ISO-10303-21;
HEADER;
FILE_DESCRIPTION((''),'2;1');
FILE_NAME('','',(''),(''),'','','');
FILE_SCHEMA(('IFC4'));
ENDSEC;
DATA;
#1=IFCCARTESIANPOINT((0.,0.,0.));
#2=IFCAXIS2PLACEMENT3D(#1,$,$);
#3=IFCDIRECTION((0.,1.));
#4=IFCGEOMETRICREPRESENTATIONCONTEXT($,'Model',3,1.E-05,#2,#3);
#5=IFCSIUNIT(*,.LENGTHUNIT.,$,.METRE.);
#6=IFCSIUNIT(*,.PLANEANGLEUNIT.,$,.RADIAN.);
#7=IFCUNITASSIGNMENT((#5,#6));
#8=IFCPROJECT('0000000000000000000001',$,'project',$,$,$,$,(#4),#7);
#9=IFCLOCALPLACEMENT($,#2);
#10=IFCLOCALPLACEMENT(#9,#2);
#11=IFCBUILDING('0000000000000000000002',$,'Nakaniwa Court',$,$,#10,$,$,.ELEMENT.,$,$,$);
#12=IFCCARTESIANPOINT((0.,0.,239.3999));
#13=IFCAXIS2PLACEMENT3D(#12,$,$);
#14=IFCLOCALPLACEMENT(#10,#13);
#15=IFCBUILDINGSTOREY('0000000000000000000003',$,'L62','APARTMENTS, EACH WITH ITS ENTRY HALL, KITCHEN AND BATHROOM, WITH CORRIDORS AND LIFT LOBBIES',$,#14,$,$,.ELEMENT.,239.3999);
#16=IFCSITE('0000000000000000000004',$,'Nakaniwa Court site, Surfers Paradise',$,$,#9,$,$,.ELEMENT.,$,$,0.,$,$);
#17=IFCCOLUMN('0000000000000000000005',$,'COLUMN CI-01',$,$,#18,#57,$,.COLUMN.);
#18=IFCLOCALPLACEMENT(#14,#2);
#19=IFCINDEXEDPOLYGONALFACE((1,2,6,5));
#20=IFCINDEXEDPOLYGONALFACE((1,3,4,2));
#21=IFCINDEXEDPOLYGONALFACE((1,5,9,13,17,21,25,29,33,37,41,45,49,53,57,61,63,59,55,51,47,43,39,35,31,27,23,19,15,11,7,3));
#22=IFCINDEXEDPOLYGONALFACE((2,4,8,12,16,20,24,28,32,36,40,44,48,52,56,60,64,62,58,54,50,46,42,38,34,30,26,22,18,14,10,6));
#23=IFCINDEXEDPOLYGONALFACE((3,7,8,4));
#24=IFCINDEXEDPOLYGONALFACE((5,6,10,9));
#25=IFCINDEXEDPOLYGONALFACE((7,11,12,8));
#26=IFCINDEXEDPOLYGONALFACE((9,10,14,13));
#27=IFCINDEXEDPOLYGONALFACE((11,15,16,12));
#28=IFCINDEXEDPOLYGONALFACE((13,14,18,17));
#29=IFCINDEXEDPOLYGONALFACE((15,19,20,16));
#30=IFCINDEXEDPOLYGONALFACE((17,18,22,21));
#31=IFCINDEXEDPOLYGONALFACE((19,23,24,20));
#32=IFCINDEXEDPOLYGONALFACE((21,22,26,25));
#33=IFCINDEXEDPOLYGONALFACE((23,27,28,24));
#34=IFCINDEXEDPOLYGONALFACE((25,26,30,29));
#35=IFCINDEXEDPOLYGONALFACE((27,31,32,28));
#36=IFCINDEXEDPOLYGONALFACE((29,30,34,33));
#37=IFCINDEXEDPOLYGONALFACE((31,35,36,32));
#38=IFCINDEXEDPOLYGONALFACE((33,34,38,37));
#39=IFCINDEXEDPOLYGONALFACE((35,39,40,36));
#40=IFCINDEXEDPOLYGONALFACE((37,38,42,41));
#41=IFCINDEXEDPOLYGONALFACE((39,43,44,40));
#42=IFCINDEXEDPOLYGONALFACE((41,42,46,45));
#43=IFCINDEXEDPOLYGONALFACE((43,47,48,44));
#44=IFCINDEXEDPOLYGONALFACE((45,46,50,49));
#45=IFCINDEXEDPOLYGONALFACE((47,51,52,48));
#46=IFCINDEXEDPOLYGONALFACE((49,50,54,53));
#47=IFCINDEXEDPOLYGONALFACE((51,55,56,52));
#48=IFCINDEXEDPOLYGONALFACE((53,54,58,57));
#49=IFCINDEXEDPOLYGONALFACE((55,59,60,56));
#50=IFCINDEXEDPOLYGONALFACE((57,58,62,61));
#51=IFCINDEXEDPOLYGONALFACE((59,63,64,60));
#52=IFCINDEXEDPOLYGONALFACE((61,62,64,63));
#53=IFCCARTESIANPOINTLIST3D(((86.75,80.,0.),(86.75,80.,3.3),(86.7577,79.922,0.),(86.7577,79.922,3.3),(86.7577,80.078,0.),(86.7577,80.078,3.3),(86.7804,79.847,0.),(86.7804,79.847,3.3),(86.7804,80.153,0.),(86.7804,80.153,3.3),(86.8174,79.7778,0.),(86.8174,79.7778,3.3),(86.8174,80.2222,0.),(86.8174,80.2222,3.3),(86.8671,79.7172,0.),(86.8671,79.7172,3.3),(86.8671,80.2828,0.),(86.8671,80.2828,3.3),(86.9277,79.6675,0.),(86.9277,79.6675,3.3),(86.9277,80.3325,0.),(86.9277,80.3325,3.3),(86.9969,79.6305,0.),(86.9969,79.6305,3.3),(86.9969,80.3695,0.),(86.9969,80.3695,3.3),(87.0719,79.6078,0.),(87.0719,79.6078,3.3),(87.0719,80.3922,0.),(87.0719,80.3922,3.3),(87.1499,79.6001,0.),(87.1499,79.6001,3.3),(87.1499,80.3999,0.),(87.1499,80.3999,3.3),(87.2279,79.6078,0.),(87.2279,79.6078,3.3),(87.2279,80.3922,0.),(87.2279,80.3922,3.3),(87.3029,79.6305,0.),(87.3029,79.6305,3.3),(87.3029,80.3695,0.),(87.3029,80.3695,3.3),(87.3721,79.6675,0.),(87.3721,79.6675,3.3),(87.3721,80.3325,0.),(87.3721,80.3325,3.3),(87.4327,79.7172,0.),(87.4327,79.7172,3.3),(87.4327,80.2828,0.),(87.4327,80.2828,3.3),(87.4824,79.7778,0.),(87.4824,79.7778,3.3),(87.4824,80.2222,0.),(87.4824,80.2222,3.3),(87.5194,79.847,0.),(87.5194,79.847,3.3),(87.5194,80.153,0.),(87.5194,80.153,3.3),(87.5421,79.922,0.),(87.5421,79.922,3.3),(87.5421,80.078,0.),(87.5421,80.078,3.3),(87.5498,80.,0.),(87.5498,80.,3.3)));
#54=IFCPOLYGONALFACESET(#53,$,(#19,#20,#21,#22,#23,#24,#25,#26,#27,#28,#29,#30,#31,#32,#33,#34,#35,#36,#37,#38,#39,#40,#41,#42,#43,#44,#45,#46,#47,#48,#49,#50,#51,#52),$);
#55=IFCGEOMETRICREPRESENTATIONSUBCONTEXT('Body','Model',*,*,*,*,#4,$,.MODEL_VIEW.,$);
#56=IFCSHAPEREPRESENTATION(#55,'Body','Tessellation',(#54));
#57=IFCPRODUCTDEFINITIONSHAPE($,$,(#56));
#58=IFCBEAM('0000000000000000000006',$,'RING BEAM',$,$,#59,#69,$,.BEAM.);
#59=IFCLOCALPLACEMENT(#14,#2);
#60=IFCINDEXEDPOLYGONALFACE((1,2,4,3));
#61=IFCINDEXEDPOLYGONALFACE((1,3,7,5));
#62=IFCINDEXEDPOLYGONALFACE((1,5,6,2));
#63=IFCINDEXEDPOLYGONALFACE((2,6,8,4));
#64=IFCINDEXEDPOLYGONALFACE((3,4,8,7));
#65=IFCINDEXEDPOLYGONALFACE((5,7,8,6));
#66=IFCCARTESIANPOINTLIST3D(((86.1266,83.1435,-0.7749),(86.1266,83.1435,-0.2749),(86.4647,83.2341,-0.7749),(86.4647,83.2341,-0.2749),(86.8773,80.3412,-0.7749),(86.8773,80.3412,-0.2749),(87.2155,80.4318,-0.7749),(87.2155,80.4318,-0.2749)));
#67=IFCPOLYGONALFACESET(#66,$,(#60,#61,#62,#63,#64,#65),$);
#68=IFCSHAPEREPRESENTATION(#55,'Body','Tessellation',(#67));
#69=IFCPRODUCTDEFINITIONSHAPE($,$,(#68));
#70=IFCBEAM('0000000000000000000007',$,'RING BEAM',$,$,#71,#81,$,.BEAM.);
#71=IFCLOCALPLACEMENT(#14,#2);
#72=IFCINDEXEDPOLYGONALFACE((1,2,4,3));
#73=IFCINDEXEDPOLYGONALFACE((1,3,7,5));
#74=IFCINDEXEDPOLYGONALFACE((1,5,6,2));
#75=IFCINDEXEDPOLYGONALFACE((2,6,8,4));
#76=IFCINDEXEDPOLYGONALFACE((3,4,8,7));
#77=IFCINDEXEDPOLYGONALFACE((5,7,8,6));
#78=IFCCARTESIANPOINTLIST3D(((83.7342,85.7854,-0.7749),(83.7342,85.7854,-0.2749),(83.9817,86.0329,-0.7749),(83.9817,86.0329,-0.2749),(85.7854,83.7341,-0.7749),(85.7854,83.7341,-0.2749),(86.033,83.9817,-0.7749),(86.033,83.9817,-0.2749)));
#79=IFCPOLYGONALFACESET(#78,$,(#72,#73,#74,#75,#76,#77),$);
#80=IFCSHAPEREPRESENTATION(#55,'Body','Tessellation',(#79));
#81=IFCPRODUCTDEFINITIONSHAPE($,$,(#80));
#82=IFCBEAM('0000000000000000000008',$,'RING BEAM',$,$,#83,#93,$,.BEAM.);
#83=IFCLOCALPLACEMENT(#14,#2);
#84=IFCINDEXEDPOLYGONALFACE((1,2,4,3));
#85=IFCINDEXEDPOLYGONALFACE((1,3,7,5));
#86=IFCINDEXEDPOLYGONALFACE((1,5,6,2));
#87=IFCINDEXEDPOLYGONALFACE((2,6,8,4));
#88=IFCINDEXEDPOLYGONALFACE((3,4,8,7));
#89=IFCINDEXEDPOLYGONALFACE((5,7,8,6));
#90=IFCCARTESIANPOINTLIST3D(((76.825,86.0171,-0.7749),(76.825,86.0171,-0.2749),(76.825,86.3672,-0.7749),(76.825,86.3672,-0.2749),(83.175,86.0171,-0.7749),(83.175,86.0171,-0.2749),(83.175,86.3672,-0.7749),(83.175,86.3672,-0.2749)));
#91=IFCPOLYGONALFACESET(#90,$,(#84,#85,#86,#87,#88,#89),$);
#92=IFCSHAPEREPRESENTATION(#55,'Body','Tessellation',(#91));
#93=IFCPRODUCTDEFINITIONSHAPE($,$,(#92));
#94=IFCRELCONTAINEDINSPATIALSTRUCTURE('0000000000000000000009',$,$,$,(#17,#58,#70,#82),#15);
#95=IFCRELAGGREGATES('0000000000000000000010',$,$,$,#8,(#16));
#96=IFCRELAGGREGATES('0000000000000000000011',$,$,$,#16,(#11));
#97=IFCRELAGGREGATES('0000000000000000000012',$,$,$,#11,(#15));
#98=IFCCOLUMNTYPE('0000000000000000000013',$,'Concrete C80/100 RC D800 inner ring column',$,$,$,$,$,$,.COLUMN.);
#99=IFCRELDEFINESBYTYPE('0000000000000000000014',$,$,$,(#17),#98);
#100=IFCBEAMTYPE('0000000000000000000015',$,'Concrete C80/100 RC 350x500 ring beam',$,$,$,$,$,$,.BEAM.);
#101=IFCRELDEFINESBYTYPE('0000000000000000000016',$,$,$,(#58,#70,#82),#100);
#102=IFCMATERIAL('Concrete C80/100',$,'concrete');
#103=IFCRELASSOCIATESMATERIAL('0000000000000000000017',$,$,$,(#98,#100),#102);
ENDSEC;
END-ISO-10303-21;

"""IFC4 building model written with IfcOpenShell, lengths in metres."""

from ifc_helpers import new_model, si_unit, direction, frame, origin, origin_2d, place, context, subcontext, project, spatial, rectangle, circle, extrude, material, material_profile, profile_set, type_object, element, save


model = new_model("IFC4")

# Units and contexts
model_context = context("Model", 3, precision=1e-05, world=origin(), true_north=direction((0.0, 1.0)))
body_context = subcontext(model_context, "Body", "Model", "MODEL_VIEW")
ifc_project = project(units=[si_unit("LENGTHUNIT", "METRE"), si_unit("PLANEANGLEUNIT", "RADIAN")], contexts=[model_context])

# Site, building, storey
site_placement = place(None, origin())
site = spatial("IfcSite", under=ifc_project, at=site_placement, Name="Nakaniwa Court site, Surfers Paradise", CompositionType="ELEMENT", RefElevation=0.0)
building_placement = place(site_placement, origin())
building = spatial("IfcBuilding", under=site, at=building_placement, Name="Nakaniwa Court", CompositionType="ELEMENT")
storey_placement = place(building_placement, frame((0.0, 0.0, 239.3999)))
storey = spatial("IfcBuildingStorey", under=building, at=storey_placement, Name="L62", Description="APARTMENTS, EACH WITH ITS ENTRY HALL, KITCHEN AND BATHROOM, WITH CORRIDORS AND LIFT LOBBIES", CompositionType="ELEMENT", Elevation=239.3999)

# Column
ifc_material_1 = material(Name="Concrete C80/100", Category="concrete")
ifc_material_profile_1 = material_profile(ifc_material_1, circle(Radius=0.3999, at=origin_2d()), Name="Concrete C80/100 RC D800 inner ring column")
ifc_profile_set_1 = profile_set([ifc_material_profile_1], Name="Concrete C80/100")
column_type = type_object("IfcColumnType", Name="Concrete C80/100 RC D800 inner ring column", PredefinedType="COLUMN", material=ifc_profile_set_1)
for number, where, z_axis, x_axis, name in (
    (1, (87.1499, 80.0, 0.0), (0.0, 0.0, 1.0), (0.0, 1.0, 0.0), "COLUMN CI-01"),
):
    element("IfcColumn", number, at=place(storey_placement, frame(where, z_axis=z_axis, x_axis=x_axis)), inside=storey, type_object=column_type, Name=name, PredefinedType="COLUMN", context=body_context, shape_type="SweptSolid", body=[
        extrude(circle(Radius=0.3999, at=origin_2d()), origin(), (0.0, 0.0, 1.0), 3.3),
    ])

# Beams
ifc_material_profile_2 = material_profile(ifc_material_1, rectangle(XDim=0.3501, YDim=0.5, at=origin_2d()), Name="Concrete C80/100 RC 350x500 ring beam")
ifc_profile_set_2 = profile_set([ifc_material_profile_2], Name="Concrete C80/100")
beam_type = type_object("IfcBeamType", Name="Concrete C80/100 RC 350x500 ring beam", PredefinedType="BEAM", material=ifc_profile_set_2)
beam_1_placement = place(storey_placement, frame((87.0464, 80.3865, -0.5249), z_axis=(-0.258778, 0.965937, 0.0), x_axis=(-0.965937, -0.258778, 0.0)))
element("IfcBeam", 2, at=beam_1_placement, inside=storey, type_object=beam_type, Name="RING BEAM", PredefinedType="BEAM", context=body_context, shape_type="SweptSolid", body=[
    extrude(rectangle(XDim=0.3501, YDim=0.5, at=origin_2d()), origin(), (0.0, 0.0, 1.0), 2.9011),
])
beam_2_placement = place(storey_placement, frame((85.9092, 83.8579, -0.5249), z_axis=(-0.707107, 0.707107, 0.0), x_axis=(-0.707107, -0.707107, 0.0)))
element("IfcBeam", 3, at=beam_2_placement, inside=storey, type_object=beam_type, Name="RING BEAM", PredefinedType="BEAM", context=body_context, shape_type="SweptSolid", body=[
    extrude(rectangle(XDim=0.3501, YDim=0.5, at=origin_2d()), origin(), (0.0, 0.0, 1.0), 2.9009),
])
beam_3_placement = place(storey_placement, frame((83.175, 86.1921, -0.5249), z_axis=(-1.0, 0.0, 0.0), x_axis=(0.0, -1.0, 0.0)))
element("IfcBeam", 4, at=beam_3_placement, inside=storey, type_object=beam_type, Name="RING BEAM", PredefinedType="BEAM", context=body_context, shape_type="SweptSolid", body=[
    extrude(rectangle(XDim=0.3501, YDim=0.5, at=origin_2d()), origin(), (0.0, 0.0, 1.0), 6.3501),
])

save(model, "model.ifc")
